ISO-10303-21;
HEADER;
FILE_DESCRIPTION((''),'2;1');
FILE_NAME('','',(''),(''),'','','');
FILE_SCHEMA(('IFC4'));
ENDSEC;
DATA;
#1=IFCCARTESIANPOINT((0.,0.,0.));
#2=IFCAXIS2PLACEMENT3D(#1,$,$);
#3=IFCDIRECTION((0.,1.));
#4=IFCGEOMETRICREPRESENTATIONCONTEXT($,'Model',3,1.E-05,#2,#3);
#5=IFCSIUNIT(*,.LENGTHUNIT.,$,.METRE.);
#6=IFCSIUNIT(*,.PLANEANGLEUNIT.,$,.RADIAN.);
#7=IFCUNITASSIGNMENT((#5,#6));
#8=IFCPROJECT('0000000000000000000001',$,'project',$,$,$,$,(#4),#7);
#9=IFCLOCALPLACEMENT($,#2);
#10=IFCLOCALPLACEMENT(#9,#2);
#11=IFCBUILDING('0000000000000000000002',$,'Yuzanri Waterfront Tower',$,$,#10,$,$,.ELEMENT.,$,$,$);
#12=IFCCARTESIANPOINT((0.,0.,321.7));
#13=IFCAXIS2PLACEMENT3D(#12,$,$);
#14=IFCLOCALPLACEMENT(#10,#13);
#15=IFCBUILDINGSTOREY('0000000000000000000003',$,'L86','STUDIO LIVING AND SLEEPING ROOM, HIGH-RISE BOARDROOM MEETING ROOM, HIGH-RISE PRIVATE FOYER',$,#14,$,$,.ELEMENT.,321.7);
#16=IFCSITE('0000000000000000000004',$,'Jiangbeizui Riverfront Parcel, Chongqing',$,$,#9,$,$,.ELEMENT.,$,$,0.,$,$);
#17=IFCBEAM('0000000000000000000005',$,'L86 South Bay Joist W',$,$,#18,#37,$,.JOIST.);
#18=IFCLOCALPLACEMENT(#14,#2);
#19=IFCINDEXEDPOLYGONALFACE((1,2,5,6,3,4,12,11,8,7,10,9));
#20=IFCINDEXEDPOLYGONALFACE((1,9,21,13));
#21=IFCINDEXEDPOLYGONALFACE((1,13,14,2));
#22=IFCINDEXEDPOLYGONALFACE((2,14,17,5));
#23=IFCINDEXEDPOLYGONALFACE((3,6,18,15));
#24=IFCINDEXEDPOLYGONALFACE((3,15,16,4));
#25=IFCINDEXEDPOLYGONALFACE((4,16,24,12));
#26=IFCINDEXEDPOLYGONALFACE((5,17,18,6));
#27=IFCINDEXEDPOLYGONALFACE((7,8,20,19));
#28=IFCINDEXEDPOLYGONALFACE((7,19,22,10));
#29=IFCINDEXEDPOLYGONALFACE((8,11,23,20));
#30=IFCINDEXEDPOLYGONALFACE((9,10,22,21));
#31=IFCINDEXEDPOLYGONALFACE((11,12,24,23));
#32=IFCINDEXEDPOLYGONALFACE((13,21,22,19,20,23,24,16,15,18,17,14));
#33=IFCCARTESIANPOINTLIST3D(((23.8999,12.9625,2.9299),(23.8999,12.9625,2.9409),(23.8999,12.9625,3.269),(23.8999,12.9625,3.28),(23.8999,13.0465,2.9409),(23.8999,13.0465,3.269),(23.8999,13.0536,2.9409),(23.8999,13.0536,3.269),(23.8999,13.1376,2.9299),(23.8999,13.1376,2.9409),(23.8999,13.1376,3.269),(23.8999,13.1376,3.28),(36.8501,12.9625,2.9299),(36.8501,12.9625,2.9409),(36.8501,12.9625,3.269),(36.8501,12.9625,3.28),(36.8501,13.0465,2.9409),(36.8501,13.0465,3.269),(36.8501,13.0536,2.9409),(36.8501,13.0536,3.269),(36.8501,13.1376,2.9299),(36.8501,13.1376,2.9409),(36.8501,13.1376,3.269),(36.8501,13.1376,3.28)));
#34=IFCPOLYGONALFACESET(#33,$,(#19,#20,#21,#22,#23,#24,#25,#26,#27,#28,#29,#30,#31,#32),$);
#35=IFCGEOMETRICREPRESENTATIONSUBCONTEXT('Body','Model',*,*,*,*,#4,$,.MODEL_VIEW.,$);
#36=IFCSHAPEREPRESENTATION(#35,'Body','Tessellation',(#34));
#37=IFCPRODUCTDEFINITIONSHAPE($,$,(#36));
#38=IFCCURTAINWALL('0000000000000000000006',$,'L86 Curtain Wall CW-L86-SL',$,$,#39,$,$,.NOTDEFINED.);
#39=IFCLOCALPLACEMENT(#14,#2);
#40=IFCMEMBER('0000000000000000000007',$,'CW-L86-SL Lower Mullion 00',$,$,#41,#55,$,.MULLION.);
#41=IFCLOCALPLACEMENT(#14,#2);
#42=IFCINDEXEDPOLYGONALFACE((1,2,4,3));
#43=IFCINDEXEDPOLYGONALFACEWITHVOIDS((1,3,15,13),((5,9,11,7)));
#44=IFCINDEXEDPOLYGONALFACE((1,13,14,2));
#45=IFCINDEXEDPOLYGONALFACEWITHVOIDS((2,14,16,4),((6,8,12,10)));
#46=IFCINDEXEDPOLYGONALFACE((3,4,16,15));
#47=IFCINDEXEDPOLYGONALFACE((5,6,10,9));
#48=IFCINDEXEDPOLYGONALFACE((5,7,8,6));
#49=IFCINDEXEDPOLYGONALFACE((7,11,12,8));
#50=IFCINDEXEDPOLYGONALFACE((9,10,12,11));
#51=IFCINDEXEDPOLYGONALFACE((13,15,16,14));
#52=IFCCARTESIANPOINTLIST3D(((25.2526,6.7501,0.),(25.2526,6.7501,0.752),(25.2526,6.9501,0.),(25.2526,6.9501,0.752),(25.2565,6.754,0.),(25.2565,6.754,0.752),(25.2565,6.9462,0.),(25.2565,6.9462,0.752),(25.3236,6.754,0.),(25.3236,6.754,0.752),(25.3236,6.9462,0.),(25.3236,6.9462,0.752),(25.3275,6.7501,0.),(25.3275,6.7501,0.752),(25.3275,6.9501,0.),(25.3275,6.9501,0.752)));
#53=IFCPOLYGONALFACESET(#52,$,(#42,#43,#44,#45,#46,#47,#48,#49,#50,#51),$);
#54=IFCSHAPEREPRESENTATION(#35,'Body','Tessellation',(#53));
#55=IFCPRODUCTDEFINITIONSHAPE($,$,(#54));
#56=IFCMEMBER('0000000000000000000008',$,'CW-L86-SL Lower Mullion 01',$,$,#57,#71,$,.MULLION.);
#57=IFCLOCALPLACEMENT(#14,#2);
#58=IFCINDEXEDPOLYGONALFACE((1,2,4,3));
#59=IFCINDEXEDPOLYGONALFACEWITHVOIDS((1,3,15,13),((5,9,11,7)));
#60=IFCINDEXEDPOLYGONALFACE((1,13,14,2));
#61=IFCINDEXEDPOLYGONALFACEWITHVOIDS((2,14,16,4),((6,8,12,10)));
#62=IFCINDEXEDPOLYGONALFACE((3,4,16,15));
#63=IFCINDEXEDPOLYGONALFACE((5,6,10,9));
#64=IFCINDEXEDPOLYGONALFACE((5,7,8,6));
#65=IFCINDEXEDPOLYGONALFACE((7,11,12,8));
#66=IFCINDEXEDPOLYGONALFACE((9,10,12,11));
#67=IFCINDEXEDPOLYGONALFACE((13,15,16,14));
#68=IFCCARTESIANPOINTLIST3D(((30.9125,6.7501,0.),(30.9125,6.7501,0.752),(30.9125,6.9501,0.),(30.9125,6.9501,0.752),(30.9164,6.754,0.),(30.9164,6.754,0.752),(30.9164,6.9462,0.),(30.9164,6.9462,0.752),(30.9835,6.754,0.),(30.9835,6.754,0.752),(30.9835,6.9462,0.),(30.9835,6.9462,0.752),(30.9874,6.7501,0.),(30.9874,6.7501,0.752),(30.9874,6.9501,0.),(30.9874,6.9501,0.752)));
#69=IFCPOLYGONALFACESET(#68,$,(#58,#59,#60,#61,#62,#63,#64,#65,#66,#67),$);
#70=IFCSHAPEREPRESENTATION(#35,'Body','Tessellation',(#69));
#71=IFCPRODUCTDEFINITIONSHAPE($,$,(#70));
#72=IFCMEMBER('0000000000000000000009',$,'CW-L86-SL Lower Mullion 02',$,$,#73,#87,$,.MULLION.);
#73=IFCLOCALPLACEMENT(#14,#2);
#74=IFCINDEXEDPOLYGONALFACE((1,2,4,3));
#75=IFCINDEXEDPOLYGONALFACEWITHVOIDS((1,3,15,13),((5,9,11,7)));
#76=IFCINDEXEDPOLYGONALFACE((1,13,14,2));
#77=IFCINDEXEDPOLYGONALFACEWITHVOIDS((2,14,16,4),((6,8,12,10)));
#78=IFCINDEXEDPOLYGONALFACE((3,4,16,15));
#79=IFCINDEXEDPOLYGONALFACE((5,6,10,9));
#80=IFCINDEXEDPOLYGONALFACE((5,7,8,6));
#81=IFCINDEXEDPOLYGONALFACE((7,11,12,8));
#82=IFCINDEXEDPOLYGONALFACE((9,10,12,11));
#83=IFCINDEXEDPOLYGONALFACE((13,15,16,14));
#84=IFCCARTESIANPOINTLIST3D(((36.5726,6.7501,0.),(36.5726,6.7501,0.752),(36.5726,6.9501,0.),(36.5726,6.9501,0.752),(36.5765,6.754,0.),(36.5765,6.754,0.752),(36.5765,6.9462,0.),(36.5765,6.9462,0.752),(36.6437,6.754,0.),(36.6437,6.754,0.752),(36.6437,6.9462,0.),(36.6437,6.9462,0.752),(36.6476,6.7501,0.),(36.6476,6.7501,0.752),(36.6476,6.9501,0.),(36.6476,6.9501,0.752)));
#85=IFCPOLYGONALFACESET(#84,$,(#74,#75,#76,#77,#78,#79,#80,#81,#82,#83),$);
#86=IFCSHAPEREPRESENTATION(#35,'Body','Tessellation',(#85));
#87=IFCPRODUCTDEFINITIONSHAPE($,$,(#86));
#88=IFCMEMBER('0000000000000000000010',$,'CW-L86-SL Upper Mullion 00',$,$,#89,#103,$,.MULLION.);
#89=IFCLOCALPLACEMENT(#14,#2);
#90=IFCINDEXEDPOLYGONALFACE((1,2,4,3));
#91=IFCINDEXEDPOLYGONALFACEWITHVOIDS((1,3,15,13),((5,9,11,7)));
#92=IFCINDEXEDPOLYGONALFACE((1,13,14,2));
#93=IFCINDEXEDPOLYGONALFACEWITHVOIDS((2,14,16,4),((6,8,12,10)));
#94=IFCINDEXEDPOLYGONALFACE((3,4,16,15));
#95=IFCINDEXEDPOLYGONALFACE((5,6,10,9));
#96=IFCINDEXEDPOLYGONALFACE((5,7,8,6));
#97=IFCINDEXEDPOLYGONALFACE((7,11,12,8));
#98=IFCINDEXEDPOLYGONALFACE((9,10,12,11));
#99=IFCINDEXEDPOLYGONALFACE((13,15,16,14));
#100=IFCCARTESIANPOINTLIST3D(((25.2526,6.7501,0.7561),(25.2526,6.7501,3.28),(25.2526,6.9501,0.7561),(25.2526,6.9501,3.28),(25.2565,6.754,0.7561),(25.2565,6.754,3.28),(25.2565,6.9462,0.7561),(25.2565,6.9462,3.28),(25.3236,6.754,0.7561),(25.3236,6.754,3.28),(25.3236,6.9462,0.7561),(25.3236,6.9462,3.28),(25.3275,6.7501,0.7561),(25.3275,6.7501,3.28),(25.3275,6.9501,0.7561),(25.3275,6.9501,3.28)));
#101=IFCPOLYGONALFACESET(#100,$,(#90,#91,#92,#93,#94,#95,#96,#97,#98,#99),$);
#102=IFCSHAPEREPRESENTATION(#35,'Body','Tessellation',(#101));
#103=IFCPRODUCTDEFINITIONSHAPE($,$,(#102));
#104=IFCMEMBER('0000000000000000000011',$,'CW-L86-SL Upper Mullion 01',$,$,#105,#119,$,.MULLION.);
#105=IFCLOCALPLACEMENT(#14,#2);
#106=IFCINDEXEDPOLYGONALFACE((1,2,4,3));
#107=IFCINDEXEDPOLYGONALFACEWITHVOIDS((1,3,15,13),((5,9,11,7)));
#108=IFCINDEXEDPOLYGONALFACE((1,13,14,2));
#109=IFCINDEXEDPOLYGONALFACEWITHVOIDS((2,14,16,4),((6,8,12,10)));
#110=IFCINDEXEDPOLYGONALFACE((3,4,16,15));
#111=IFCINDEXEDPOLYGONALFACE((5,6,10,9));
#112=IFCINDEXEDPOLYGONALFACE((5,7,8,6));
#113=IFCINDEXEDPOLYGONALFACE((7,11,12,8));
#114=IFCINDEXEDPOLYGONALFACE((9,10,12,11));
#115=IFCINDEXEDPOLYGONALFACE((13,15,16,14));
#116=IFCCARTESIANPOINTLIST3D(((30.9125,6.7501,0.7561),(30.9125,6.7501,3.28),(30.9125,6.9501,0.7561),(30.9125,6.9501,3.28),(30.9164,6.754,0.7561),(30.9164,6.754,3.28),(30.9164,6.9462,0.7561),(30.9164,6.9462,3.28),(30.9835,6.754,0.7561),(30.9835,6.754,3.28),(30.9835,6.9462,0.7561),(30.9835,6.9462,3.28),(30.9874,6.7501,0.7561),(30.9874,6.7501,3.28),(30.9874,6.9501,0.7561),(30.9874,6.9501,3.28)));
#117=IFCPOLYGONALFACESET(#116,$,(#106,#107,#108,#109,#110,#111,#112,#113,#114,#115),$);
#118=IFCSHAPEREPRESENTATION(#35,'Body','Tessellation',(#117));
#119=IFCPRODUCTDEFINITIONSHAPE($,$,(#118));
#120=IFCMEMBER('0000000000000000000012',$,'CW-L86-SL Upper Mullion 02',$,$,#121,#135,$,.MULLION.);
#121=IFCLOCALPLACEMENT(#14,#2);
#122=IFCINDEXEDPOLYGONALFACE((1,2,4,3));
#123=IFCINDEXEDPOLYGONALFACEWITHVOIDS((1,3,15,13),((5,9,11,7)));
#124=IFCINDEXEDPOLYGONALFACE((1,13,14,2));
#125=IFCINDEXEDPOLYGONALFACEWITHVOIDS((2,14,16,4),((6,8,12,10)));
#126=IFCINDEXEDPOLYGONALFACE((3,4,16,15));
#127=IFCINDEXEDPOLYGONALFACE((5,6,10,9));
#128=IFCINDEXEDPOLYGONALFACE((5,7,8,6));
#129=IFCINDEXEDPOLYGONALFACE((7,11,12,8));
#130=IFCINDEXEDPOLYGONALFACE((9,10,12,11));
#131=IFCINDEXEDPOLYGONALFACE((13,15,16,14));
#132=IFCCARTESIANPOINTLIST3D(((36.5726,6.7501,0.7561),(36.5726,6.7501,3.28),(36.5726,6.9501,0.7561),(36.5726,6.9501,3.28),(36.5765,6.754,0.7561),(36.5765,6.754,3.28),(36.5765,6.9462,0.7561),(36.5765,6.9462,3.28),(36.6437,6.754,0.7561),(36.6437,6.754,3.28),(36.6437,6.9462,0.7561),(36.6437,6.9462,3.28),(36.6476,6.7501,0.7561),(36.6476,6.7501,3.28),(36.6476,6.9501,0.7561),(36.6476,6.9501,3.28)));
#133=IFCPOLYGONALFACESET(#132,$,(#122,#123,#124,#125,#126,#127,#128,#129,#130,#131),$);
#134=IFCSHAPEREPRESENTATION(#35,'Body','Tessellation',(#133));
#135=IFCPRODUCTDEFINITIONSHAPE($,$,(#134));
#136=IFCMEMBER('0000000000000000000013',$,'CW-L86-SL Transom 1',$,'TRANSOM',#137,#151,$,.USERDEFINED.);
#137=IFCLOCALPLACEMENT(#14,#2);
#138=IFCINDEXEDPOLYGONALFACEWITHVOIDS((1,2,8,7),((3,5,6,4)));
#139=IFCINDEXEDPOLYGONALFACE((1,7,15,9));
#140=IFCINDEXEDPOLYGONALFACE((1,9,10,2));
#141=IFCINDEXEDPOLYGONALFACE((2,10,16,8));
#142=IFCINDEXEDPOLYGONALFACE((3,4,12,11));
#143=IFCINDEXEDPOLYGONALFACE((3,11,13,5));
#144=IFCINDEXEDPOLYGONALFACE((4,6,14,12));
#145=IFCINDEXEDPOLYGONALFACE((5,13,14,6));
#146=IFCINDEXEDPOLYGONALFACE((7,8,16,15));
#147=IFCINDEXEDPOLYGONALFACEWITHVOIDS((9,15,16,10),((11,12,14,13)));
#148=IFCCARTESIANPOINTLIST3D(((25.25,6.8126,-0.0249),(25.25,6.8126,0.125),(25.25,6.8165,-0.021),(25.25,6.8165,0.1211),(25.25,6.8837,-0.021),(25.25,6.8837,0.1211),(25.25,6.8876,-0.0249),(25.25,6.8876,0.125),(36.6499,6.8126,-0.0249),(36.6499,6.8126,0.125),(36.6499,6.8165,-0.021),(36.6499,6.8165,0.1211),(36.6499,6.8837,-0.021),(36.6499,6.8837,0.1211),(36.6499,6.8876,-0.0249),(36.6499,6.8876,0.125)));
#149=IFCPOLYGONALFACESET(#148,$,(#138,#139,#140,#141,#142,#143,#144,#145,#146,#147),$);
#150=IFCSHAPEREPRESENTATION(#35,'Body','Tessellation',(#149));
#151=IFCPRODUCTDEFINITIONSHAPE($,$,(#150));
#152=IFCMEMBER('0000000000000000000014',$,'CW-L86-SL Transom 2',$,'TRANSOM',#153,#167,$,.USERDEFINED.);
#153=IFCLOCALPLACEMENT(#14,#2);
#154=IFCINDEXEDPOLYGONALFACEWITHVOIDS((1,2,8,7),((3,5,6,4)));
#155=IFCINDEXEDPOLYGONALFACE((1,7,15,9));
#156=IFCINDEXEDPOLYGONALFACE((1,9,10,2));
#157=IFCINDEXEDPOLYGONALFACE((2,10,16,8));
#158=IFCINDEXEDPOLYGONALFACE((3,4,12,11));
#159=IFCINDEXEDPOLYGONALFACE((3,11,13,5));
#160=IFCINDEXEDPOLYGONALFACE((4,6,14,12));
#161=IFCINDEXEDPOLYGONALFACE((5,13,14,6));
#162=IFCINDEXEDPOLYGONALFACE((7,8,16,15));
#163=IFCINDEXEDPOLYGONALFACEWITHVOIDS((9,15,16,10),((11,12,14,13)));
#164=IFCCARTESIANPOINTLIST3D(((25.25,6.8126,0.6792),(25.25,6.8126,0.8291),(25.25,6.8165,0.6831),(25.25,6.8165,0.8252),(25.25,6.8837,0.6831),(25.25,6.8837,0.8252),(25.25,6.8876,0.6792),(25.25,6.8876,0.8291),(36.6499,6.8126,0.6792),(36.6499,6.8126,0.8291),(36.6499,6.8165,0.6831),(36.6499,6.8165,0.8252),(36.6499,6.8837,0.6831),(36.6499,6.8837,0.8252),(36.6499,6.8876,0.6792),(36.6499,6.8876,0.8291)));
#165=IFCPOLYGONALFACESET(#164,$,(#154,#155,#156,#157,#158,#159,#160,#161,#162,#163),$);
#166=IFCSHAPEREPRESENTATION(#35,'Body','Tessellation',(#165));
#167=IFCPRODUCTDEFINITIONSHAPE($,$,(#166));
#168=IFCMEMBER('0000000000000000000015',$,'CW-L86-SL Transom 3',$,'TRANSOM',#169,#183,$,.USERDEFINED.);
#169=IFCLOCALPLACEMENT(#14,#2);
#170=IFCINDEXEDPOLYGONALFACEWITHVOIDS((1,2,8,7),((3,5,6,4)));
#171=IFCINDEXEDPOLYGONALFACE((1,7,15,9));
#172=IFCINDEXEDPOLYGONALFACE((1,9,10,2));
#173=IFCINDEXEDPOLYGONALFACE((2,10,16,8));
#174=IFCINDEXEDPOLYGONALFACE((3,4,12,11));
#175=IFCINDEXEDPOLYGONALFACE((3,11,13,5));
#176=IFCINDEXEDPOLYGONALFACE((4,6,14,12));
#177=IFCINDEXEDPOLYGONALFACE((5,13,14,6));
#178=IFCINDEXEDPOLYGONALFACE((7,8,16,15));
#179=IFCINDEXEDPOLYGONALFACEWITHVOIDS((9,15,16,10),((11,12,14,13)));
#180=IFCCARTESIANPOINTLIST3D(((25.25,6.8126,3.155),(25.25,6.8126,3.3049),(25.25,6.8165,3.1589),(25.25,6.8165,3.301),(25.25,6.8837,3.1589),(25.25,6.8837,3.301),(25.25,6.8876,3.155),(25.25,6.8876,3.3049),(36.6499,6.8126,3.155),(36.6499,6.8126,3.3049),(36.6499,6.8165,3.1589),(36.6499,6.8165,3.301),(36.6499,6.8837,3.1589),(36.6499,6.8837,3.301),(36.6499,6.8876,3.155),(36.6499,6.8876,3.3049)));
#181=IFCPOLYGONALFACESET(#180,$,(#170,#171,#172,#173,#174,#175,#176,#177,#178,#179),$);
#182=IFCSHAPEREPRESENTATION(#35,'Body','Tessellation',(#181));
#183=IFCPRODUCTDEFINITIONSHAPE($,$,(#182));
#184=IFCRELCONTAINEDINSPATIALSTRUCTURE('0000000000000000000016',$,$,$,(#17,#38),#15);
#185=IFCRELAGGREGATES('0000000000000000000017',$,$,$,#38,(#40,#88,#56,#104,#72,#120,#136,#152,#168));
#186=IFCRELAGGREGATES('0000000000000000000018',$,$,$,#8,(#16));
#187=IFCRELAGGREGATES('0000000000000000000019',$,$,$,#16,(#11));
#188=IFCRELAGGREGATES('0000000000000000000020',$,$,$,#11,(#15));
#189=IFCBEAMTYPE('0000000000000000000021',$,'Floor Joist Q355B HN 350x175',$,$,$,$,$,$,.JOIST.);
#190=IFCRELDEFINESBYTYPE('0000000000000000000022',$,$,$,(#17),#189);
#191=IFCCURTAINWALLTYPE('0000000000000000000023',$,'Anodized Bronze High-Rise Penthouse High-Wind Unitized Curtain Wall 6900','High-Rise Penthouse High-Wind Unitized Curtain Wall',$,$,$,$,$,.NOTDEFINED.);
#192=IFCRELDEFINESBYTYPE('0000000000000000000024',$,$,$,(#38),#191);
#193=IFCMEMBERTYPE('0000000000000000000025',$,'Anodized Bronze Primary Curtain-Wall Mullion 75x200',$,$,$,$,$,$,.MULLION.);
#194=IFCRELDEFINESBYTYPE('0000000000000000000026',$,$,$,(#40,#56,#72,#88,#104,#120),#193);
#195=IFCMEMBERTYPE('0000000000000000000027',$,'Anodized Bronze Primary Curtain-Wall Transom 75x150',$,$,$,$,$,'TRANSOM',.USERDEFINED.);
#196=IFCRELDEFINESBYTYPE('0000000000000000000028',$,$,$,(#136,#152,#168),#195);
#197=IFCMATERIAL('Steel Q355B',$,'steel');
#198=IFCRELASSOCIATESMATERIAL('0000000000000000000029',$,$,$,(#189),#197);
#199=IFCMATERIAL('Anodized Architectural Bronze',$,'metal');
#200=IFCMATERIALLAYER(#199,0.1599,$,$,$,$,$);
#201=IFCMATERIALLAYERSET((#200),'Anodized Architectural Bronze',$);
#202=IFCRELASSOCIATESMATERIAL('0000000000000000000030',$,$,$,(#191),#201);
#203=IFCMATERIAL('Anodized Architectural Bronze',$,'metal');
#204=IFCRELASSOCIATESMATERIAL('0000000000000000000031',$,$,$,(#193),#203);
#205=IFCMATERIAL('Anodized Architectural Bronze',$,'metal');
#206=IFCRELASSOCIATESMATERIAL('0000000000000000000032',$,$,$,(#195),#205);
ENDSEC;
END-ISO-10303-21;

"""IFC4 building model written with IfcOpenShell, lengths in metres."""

from ifc_helpers import new_model, si_unit, direction, frame, origin, origin_2d, place, context, subcontext, project, spatial, hollow_rectangle, i_section, extrude, source, transform, mapped, material, layer, layer_set, material_profile, profile_set, type_object, element, aggregate, save


model = new_model("IFC4")

# Units and contexts
model_context = context("Model", 3, precision=1e-05, world=origin(), true_north=direction((0.0, 1.0)))
body_context = subcontext(model_context, "Body", "Model", "MODEL_VIEW")
ifc_project = project(units=[si_unit("LENGTHUNIT", "METRE"), si_unit("PLANEANGLEUNIT", "RADIAN")], contexts=[model_context])

# Site, building, storey
site_placement = place(None, origin())
site = spatial("IfcSite", under=ifc_project, at=site_placement, Name="Jiangbeizui Riverfront Parcel, Chongqing", CompositionType="ELEMENT", RefElevation=0.0)
building_placement = place(site_placement, origin())
building = spatial("IfcBuilding", under=site, at=building_placement, Name="Yuzanri Waterfront Tower", CompositionType="ELEMENT")
storey_placement = place(building_placement, frame((0.0, 0.0, 321.7)))
storey = spatial("IfcBuildingStorey", under=building, at=storey_placement, Name="L86", Description="STUDIO LIVING AND SLEEPING ROOM, HIGH-RISE BOARDROOM MEETING ROOM, HIGH-RISE PRIVATE FOYER", CompositionType="ELEMENT", Elevation=321.7)

# Beam
ifc_material_1 = material(Name="Steel Q355B", Category="steel")
ifc_material_profile_1 = material_profile(ifc_material_1, i_section(OverallWidth=0.175, OverallDepth=0.3501, WebThickness=0.0071, FlangeThickness=0.011, at=origin_2d()), Name="HN 350x175x7x11")
ifc_profile_set_1 = profile_set([ifc_material_profile_1], Name="Steel Q355B")
beam_type = type_object("IfcBeamType", Name="Floor Joist Q355B HN 350x175", PredefinedType="JOIST", material=ifc_profile_set_1)
shared_shape_1 = source(origin(), body_context, "Body", "SweptSolid", [
    extrude(i_section(OverallWidth=0.175, OverallDepth=0.3501, WebThickness=0.0071, FlangeThickness=0.011, at=origin_2d()), origin(), (0.0, 0.0, 1.0), 12.9502),
])
beam_placement = place(storey_placement, frame((23.8999, 13.05, 3.105), z_axis=(1.0, 0.0, 0.0), x_axis=(0.0, 1.0, 0.0)))
element("IfcBeam", 1, at=beam_placement, inside=storey, type_object=beam_type, Name="L86 South Bay Joist W", PredefinedType="JOIST", context=body_context, shape_type="MappedRepresentation", body=[
    mapped(shared_shape_1, transform((0.0, 0.0, 0.0), scale=1.0)),
])

# Curtain wall, members
ifc_material_2 = material(Name="Anodized Architectural Bronze", Category="metal")
ifc_layer_1 = layer(ifc_material_2, 0.1599)
ifc_layer_set_1 = layer_set([ifc_layer_1], Name="Anodized Architectural Bronze")
curtain_wall_type = type_object("IfcCurtainWallType", Name="Anodized Bronze High-Rise Penthouse High-Wind Unitized Curtain Wall 6900", Description="High-Rise Penthouse High-Wind Unitized Curtain Wall", PredefinedType="NOTDEFINED", material=ifc_layer_set_1)
curtain_wall_placement = place(storey_placement, origin())
curtain_wall = element("IfcCurtainWall", 2, at=curtain_wall_placement, inside=storey, type_object=curtain_wall_type, Name="L86 Curtain Wall CW-L86-SL", PredefinedType="NOTDEFINED")
ifc_material_3 = material(Name="Anodized Architectural Bronze", Category="metal")
ifc_material_profile_2 = material_profile(ifc_material_3, hollow_rectangle(XDim=0.075, YDim=0.2, WallThickness=0.0039, at=origin_2d()), Name="CWM 75x200")
ifc_profile_set_2 = profile_set([ifc_material_profile_2], Name="Anodized Architectural Bronze")
member_type_1 = type_object("IfcMemberType", Name="Anodized Bronze Primary Curtain-Wall Mullion 75x200", PredefinedType="MULLION", material=ifc_profile_set_2)
shared_shape_2 = source(origin(), body_context, "Body", "SweptSolid", [
    extrude(hollow_rectangle(XDim=0.075, YDim=0.2, WallThickness=0.0039, at=origin_2d()), origin(), (0.0, 0.0, 1.0), 0.752),
])
member_1_placement = place(storey_placement, frame((25.29, 6.8501, 0.0), z_axis=(0.0, 0.0, 1.0), x_axis=(1.0, 0.0, 0.0)))
member_1 = element("IfcMember", 3, at=member_1_placement, type_object=member_type_1, Name="CW-L86-SL Lower Mullion 00", PredefinedType="MULLION", context=body_context, shape_type="MappedRepresentation", body=[
    mapped(shared_shape_2, transform((0.0, 0.0, 0.0), scale=1.0)),
])
member_2_placement = place(storey_placement, frame((30.95, 6.8501, 0.0), z_axis=(0.0, 0.0, 1.0), x_axis=(1.0, 0.0, 0.0)))
member_2 = element("IfcMember", 4, at=member_2_placement, type_object=member_type_1, Name="CW-L86-SL Lower Mullion 01", PredefinedType="MULLION", context=body_context, shape_type="MappedRepresentation", body=[
    mapped(shared_shape_2, transform((0.0, 0.0, 0.0), scale=1.0)),
])
member_3_placement = place(storey_placement, frame((36.6101, 6.8501, 0.0), z_axis=(0.0, 0.0, 1.0), x_axis=(1.0, 0.0, 0.0)))
member_3 = element("IfcMember", 5, at=member_3_placement, type_object=member_type_1, Name="CW-L86-SL Lower Mullion 02", PredefinedType="MULLION", context=body_context, shape_type="MappedRepresentation", body=[
    mapped(shared_shape_2, transform((0.0, 0.0, 0.0), scale=1.0)),
])
shared_shape_3 = source(origin(), body_context, "Body", "SweptSolid", [
    extrude(hollow_rectangle(XDim=0.075, YDim=0.2, WallThickness=0.0039, at=origin_2d()), origin(), (0.0, 0.0, 1.0), 2.5239),
])
member_4_placement = place(storey_placement, frame((25.29, 6.8501, 0.7561), z_axis=(0.0, 0.0, 1.0), x_axis=(1.0, 0.0, 0.0)))
member_4 = element("IfcMember", 6, at=member_4_placement, type_object=member_type_1, Name="CW-L86-SL Upper Mullion 00", PredefinedType="MULLION", context=body_context, shape_type="MappedRepresentation", body=[
    mapped(shared_shape_3, transform((0.0, 0.0, 0.0), scale=1.0)),
])
member_5_placement = place(storey_placement, frame((30.95, 6.8501, 0.7561), z_axis=(0.0, 0.0, 1.0), x_axis=(1.0, 0.0, 0.0)))
member_5 = element("IfcMember", 7, at=member_5_placement, type_object=member_type_1, Name="CW-L86-SL Upper Mullion 01", PredefinedType="MULLION", context=body_context, shape_type="MappedRepresentation", body=[
    mapped(shared_shape_3, transform((0.0, 0.0, 0.0), scale=1.0)),
])
member_6_placement = place(storey_placement, frame((36.6101, 6.8501, 0.7561), z_axis=(0.0, 0.0, 1.0), x_axis=(1.0, 0.0, 0.0)))
member_6 = element("IfcMember", 8, at=member_6_placement, type_object=member_type_1, Name="CW-L86-SL Upper Mullion 02", PredefinedType="MULLION", context=body_context, shape_type="MappedRepresentation", body=[
    mapped(shared_shape_3, transform((0.0, 0.0, 0.0), scale=1.0)),
])
ifc_material_4 = material(Name="Anodized Architectural Bronze", Category="metal")
ifc_material_profile_3 = material_profile(ifc_material_4, hollow_rectangle(XDim=0.075, YDim=0.1499, WallThickness=0.0039, at=origin_2d()), Name="CWT 75x150")
ifc_profile_set_3 = profile_set([ifc_material_profile_3], Name="Anodized Architectural Bronze")
member_type_2 = type_object("IfcMemberType", Name="Anodized Bronze Primary Curtain-Wall Transom 75x150", ElementType="TRANSOM", PredefinedType="USERDEFINED", material=ifc_profile_set_3)
shared_shape_4 = source(origin(), body_context, "Body", "SweptSolid", [
    extrude(hollow_rectangle(XDim=0.075, YDim=0.1499, WallThickness=0.0039, at=origin_2d()), origin(), (0.0, 0.0, 1.0), 11.3999),
])
member_7_placement = place(storey_placement, frame((25.25, 6.8501, 0.05), z_axis=(1.0, 0.0, 0.0), x_axis=(0.0, 1.0, 0.0)))
member_7 = element("IfcMember", 9, at=member_7_placement, type_object=member_type_2, Name="CW-L86-SL Transom 1", ObjectType="TRANSOM", PredefinedType="USERDEFINED", context=body_context, shape_type="MappedRepresentation", body=[
    mapped(shared_shape_4, transform((0.0, 0.0, 0.0), scale=1.0)),
])
member_8_placement = place(storey_placement, frame((25.25, 6.8501, 0.7542), z_axis=(1.0, 0.0, 0.0), x_axis=(0.0, 1.0, 0.0)))
member_8 = element("IfcMember", 10, at=member_8_placement, type_object=member_type_2, Name="CW-L86-SL Transom 2", ObjectType="TRANSOM", PredefinedType="USERDEFINED", context=body_context, shape_type="MappedRepresentation", body=[
    mapped(shared_shape_4, transform((0.0, 0.0, 0.0), scale=1.0)),
])
member_9_placement = place(storey_placement, frame((25.25, 6.8501, 3.23), z_axis=(1.0, 0.0, 0.0), x_axis=(0.0, 1.0, 0.0)))
member_9 = element("IfcMember", 11, at=member_9_placement, type_object=member_type_2, Name="CW-L86-SL Transom 3", ObjectType="TRANSOM", PredefinedType="USERDEFINED", context=body_context, shape_type="MappedRepresentation", body=[
    mapped(shared_shape_4, transform((0.0, 0.0, 0.0), scale=1.0)),
])

aggregate(curtain_wall, [member_1, member_4, member_2, member_5, member_3, member_6, member_7, member_8, member_9])

save(model, "model.ifc")
